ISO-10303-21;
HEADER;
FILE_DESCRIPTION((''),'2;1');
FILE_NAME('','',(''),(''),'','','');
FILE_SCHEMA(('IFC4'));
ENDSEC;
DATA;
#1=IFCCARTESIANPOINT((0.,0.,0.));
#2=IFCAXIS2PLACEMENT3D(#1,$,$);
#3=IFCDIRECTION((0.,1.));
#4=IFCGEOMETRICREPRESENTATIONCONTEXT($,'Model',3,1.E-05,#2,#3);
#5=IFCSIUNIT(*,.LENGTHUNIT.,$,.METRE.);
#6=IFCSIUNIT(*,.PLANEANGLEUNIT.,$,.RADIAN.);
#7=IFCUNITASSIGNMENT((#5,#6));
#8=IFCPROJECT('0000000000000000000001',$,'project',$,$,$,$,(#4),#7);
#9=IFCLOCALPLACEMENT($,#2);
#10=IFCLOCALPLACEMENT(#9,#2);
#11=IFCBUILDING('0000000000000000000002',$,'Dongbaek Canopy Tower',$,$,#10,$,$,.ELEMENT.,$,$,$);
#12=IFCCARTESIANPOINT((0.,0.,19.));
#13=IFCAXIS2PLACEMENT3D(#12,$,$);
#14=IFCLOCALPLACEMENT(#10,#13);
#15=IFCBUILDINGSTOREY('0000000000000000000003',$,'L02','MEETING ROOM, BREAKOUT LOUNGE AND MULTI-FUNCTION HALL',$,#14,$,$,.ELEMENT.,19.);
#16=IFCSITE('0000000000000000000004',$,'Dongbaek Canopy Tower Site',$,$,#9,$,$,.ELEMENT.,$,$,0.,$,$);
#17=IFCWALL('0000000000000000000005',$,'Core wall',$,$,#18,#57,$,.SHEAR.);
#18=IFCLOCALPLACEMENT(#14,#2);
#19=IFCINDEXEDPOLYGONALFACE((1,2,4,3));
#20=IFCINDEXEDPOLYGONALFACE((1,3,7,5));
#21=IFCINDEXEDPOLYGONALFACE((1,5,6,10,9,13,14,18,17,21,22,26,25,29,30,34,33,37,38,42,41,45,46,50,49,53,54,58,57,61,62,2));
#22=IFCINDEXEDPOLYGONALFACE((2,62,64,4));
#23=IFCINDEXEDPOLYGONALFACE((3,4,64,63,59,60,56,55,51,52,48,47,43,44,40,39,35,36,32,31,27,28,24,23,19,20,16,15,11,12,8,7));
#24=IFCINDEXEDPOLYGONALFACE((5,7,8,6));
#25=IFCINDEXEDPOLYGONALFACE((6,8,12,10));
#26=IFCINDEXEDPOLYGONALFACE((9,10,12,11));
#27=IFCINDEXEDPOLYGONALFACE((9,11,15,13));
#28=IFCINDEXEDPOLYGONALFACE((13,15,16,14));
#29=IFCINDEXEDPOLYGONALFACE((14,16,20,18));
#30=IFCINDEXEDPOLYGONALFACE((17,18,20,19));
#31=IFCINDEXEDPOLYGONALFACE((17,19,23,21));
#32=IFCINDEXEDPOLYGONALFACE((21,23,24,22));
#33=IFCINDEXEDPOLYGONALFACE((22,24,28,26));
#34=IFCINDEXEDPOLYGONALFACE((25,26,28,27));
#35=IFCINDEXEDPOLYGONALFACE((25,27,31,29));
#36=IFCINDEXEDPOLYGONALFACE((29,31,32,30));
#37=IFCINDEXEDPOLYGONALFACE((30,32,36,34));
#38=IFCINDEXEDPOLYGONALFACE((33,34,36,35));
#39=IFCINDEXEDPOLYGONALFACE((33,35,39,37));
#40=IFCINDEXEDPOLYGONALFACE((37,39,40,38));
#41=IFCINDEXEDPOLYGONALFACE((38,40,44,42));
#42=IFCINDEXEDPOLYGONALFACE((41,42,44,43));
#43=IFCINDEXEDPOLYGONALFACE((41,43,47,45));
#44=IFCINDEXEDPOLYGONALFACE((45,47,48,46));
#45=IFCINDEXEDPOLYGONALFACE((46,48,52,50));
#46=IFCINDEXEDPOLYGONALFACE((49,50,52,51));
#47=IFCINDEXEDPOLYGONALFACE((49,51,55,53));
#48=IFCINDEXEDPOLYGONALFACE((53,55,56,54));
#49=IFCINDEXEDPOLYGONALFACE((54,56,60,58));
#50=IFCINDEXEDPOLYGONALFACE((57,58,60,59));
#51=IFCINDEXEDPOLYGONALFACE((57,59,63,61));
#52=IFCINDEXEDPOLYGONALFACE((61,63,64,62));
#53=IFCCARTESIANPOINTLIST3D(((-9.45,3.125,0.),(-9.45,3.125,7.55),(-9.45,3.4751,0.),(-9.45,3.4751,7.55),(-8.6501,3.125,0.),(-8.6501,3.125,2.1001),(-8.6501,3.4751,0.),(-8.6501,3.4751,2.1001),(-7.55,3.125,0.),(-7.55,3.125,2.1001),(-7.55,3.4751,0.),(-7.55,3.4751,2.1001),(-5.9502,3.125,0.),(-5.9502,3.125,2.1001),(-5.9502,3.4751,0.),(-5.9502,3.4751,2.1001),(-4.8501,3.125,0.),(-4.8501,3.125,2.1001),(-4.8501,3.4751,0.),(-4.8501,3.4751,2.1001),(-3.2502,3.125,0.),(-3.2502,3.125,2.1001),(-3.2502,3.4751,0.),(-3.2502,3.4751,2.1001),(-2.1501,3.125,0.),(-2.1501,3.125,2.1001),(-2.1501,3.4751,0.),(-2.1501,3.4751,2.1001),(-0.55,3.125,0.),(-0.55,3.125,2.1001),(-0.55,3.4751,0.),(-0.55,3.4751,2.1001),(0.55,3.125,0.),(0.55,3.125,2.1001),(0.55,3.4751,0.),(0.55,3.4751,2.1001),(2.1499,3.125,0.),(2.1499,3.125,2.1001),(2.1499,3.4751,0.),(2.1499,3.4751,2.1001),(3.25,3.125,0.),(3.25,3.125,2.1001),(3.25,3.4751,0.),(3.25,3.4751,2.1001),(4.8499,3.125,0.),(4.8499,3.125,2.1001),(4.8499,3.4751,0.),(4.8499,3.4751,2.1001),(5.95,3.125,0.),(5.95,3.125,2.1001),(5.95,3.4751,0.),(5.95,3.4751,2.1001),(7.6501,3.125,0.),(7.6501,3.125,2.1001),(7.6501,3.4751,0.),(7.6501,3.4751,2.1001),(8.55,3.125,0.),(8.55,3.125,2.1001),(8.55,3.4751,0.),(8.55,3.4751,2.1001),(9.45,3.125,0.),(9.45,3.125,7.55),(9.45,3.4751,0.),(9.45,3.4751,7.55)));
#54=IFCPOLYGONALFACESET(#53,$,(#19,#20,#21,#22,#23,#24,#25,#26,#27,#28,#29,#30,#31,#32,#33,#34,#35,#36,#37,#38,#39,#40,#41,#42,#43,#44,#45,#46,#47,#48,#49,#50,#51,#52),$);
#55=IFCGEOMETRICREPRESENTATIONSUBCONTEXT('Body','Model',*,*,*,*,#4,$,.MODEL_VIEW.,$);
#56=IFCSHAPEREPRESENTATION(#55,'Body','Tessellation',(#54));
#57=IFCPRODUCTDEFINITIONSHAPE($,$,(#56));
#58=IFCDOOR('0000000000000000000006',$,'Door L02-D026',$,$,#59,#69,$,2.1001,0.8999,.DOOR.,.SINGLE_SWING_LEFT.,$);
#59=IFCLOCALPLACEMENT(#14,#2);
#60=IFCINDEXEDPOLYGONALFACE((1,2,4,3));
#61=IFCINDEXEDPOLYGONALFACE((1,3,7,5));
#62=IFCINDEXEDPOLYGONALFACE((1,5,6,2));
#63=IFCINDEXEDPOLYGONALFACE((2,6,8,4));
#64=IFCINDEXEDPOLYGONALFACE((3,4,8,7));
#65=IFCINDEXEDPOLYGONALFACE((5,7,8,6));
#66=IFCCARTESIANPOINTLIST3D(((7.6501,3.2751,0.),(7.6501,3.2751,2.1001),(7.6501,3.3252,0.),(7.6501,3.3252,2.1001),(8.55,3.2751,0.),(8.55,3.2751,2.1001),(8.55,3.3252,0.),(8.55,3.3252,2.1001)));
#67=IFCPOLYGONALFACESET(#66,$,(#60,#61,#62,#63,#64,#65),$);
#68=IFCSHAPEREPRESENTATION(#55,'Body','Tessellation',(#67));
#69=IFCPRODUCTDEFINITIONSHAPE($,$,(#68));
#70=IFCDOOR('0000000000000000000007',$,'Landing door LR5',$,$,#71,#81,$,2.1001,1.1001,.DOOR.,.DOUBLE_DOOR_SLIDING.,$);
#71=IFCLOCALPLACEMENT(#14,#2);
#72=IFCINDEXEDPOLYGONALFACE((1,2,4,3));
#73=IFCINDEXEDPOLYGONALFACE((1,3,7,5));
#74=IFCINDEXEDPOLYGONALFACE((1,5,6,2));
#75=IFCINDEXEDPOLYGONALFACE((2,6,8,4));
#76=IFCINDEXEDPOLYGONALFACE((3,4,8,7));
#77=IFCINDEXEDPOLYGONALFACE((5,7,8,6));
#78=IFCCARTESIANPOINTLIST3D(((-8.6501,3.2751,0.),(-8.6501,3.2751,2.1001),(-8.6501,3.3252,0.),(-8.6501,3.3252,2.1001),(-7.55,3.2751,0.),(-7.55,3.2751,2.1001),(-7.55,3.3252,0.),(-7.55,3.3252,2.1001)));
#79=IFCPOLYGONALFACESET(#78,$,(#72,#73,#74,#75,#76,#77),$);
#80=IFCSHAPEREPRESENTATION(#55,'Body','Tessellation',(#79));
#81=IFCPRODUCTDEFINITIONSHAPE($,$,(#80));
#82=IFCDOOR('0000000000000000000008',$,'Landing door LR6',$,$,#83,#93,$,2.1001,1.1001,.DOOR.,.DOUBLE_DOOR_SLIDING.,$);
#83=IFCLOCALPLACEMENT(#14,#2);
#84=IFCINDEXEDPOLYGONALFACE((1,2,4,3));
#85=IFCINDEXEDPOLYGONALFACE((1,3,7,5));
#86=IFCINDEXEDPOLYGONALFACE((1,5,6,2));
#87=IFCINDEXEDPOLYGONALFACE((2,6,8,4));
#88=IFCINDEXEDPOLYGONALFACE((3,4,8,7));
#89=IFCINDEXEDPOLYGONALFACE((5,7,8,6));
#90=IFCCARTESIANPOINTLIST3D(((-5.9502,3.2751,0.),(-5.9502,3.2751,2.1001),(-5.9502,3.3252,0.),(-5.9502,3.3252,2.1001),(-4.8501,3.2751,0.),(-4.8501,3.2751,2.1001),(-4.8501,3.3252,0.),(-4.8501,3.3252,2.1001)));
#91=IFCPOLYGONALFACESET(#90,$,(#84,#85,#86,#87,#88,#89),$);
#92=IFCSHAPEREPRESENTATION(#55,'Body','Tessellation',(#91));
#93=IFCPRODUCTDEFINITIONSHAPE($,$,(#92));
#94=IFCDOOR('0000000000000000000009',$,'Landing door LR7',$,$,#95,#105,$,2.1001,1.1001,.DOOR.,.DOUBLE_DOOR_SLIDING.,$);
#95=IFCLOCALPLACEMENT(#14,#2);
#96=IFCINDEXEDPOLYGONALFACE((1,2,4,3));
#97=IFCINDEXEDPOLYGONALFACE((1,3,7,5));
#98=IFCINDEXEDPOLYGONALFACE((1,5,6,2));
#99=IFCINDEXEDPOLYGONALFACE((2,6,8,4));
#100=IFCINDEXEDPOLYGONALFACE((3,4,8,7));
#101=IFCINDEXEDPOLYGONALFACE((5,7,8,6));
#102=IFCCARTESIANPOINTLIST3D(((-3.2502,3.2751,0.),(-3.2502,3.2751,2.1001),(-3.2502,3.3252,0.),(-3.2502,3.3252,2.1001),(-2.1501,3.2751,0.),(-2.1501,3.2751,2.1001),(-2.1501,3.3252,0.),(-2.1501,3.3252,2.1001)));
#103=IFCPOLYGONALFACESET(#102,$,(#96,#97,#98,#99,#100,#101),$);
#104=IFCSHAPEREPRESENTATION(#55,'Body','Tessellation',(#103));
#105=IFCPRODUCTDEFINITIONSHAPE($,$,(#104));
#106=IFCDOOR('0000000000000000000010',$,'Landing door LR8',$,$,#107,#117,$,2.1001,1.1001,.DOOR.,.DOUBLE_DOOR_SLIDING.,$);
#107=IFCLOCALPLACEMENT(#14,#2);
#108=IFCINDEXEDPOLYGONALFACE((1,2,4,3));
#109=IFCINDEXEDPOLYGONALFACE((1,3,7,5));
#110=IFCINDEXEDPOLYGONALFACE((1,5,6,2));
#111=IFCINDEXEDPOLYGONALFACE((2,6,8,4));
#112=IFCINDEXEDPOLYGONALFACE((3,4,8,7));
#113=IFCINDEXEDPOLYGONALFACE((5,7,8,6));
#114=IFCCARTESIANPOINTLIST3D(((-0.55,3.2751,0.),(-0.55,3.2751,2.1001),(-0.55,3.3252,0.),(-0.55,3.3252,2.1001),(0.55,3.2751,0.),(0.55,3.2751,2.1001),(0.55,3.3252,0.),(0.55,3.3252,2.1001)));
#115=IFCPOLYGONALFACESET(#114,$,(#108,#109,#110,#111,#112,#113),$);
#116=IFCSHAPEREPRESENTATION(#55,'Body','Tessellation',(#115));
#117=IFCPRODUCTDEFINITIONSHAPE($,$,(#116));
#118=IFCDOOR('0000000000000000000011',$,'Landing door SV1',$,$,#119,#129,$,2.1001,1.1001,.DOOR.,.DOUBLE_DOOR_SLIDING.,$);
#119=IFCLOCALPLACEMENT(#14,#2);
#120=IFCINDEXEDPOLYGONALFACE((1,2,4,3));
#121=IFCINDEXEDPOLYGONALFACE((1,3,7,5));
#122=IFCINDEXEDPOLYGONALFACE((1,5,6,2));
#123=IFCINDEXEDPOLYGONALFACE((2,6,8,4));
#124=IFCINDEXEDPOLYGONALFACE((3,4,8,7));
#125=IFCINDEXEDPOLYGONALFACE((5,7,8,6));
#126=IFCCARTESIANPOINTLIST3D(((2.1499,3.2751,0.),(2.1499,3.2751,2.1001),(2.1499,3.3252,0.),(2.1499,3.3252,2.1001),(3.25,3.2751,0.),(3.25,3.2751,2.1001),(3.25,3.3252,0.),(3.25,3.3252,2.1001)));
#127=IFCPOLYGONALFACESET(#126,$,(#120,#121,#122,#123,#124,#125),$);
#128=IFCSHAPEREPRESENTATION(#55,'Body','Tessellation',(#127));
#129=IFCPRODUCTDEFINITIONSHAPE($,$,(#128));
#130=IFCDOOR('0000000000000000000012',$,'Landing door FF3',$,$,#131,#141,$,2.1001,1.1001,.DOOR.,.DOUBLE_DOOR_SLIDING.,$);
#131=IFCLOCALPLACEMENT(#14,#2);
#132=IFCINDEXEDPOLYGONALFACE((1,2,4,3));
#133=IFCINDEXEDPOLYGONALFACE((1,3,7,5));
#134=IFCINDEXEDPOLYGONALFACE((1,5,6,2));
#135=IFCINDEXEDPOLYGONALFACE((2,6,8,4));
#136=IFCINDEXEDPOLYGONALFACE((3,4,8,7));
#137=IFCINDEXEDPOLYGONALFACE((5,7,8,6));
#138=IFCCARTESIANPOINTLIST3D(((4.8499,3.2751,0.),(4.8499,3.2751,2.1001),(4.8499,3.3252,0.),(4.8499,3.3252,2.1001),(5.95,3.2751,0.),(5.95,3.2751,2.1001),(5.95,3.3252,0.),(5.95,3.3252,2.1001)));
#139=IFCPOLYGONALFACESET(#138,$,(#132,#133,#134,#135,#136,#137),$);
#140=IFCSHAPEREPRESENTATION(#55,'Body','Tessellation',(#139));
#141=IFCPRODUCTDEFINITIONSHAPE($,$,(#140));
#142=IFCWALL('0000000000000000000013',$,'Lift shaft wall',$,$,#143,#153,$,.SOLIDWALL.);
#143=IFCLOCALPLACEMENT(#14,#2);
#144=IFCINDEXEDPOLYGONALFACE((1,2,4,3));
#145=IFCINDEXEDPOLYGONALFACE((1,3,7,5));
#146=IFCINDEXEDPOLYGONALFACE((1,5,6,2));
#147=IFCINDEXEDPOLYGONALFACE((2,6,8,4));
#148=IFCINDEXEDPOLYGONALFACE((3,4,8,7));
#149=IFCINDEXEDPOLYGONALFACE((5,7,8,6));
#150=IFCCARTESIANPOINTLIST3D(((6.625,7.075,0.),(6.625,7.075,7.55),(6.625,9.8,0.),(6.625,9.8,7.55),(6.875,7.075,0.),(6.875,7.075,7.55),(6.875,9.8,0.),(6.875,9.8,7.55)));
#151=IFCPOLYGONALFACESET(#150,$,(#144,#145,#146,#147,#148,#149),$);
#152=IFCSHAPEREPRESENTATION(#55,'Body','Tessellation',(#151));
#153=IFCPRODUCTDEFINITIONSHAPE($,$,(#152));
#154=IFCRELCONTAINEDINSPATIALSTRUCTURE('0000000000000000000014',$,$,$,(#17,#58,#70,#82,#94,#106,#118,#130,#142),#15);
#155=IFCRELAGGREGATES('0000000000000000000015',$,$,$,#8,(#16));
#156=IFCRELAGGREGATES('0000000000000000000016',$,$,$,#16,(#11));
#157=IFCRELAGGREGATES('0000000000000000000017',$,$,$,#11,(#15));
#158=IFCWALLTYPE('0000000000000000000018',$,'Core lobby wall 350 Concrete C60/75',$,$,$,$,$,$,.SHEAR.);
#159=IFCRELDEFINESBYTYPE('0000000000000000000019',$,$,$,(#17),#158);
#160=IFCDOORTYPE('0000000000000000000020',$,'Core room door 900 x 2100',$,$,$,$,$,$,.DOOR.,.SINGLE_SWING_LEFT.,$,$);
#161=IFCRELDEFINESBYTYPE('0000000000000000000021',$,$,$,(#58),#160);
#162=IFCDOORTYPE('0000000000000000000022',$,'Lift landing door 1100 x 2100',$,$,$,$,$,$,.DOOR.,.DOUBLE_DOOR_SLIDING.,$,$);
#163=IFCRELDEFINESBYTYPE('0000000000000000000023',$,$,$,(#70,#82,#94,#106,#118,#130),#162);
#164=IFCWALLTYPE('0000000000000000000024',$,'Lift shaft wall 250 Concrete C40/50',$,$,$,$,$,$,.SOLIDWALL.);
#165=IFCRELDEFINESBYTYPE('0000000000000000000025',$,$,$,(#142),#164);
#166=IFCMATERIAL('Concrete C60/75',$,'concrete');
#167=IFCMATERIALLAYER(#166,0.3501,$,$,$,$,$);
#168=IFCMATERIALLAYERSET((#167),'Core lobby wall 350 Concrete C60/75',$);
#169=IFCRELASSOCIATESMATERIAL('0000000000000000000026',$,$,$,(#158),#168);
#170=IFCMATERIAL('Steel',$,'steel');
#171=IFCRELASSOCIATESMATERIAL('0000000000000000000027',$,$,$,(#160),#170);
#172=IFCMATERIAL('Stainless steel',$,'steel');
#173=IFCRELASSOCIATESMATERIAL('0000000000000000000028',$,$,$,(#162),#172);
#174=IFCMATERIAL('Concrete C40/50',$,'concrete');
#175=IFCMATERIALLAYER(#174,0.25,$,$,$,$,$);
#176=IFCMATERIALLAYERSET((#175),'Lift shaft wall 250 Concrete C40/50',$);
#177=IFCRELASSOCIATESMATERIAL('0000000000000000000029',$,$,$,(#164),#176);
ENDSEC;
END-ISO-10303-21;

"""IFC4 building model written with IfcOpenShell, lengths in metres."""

from ifc_helpers import new_model, si_unit, direction, frame, frame_2d, origin, place, context, subcontext, project, spatial, rectangle, extrude, material, layer, layer_set, type_object, element, fill, save


model = new_model("IFC4")

# Units and contexts
model_context = context("Model", 3, precision=1e-05, world=origin(), true_north=direction((0.0, 1.0)))
body_context = subcontext(model_context, "Body", "Model", "MODEL_VIEW")
ifc_project = project(units=[si_unit("LENGTHUNIT", "METRE"), si_unit("PLANEANGLEUNIT", "RADIAN")], contexts=[model_context])

# Site, building, storey
site_placement = place(None, origin())
site = spatial("IfcSite", under=ifc_project, at=site_placement, Name="Dongbaek Canopy Tower Site", CompositionType="ELEMENT", RefElevation=0.0)
building_placement = place(site_placement, origin())
building = spatial("IfcBuilding", under=site, at=building_placement, Name="Dongbaek Canopy Tower", CompositionType="ELEMENT")
storey_placement = place(building_placement, frame((0.0, 0.0, 19.0)))
storey = spatial("IfcBuildingStorey", under=building, at=storey_placement, Name="L02", Description="MEETING ROOM, BREAKOUT LOUNGE AND MULTI-FUNCTION HALL", CompositionType="ELEMENT", Elevation=19.0)

# Wall, openings, doors
ifc_material_1 = material(Name="Concrete C60/75", Category="concrete")
ifc_layer_1 = layer(ifc_material_1, 0.3501)
ifc_layer_set_1 = layer_set([ifc_layer_1], Name="Core lobby wall 350 Concrete C60/75")
wall_type_1 = type_object("IfcWallType", Name="Core lobby wall 350 Concrete C60/75", PredefinedType="SHEAR", material=ifc_layer_set_1)
wall_1_placement = place(storey_placement, frame((9.45, 3.3, 0.0), z_axis=(0.0, 0.0, 1.0), x_axis=(-1.0, 0.0, 0.0)))
wall_1 = element("IfcWall", 1, at=wall_1_placement, inside=storey, type_object=wall_type_1, Name="Core wall", PredefinedType="SHEAR", context=body_context, shape_type="SweptSolid", body=[
    extrude(rectangle(XDim=18.8999, YDim=0.3501, at=frame_2d((9.45, 0.0))), origin(), (0.0, 0.0, 1.0), 7.55),
])
opening_1_placement = place(wall_1_placement, frame((17.0, 0.0, 0.0)))
opening_1 = element("IfcOpeningElement", 2, at=opening_1_placement, cuts=wall_1, PredefinedType="OPENING", context=body_context, shape_type="SweptSolid", body=[
    extrude(rectangle(XDim=1.1001, YDim=2.1001, at=frame_2d((0.55, 1.05))), frame((0.0, 0.1851, 0.0), z_axis=(0.0, -1.0, 0.0), x_axis=(1.0, 0.0, 0.0)), (0.0, 0.0, 1.0), 0.3701),
])
opening_2_placement = place(wall_1_placement, frame((14.3, 0.0, 0.0)))
opening_2 = element("IfcOpeningElement", 3, at=opening_2_placement, cuts=wall_1, PredefinedType="OPENING", context=body_context, shape_type="SweptSolid", body=[
    extrude(rectangle(XDim=1.1001, YDim=2.1001, at=frame_2d((0.55, 1.05))), frame((0.0, 0.1851, 0.0), z_axis=(0.0, -1.0, 0.0), x_axis=(1.0, 0.0, 0.0)), (0.0, 0.0, 1.0), 0.3701),
])
opening_3_placement = place(wall_1_placement, frame((11.6001, 0.0, 0.0)))
opening_3 = element("IfcOpeningElement", 4, at=opening_3_placement, cuts=wall_1, PredefinedType="OPENING", context=body_context, shape_type="SweptSolid", body=[
    extrude(rectangle(XDim=1.1001, YDim=2.1001, at=frame_2d((0.55, 1.05))), frame((0.0, 0.1851, 0.0), z_axis=(0.0, -1.0, 0.0), x_axis=(1.0, 0.0, 0.0)), (0.0, 0.0, 1.0), 0.3701),
])
opening_4_placement = place(wall_1_placement, frame((8.8999, 0.0, 0.0)))
opening_4 = element("IfcOpeningElement", 5, at=opening_4_placement, cuts=wall_1, PredefinedType="OPENING", context=body_context, shape_type="SweptSolid", body=[
    extrude(rectangle(XDim=1.1001, YDim=2.1001, at=frame_2d((0.55, 1.05))), frame((0.0, 0.1851, 0.0), z_axis=(0.0, -1.0, 0.0), x_axis=(1.0, 0.0, 0.0)), (0.0, 0.0, 1.0), 0.3701),
])
opening_5_placement = place(wall_1_placement, frame((6.2, 0.0, 0.0)))
opening_5 = element("IfcOpeningElement", 6, at=opening_5_placement, cuts=wall_1, PredefinedType="OPENING", context=body_context, shape_type="SweptSolid", body=[
    extrude(rectangle(XDim=1.1001, YDim=2.1001, at=frame_2d((0.55, 1.05))), frame((0.0, 0.1851, 0.0), z_axis=(0.0, -1.0, 0.0), x_axis=(1.0, 0.0, 0.0)), (0.0, 0.0, 1.0), 0.3701),
])
opening_6_placement = place(wall_1_placement, frame((3.5, 0.0, 0.0)))
opening_6 = element("IfcOpeningElement", 7, at=opening_6_placement, cuts=wall_1, PredefinedType="OPENING", context=body_context, shape_type="SweptSolid", body=[
    extrude(rectangle(XDim=1.1001, YDim=2.1001, at=frame_2d((0.55, 1.05))), frame((0.0, 0.1851, 0.0), z_axis=(0.0, -1.0, 0.0), x_axis=(1.0, 0.0, 0.0)), (0.0, 0.0, 1.0), 0.3701),
])
opening_7_placement = place(wall_1_placement, frame((0.8999, 0.0, 0.0)))
opening_7 = element("IfcOpeningElement", 8, at=opening_7_placement, cuts=wall_1, PredefinedType="OPENING", context=body_context, shape_type="SweptSolid", body=[
    extrude(rectangle(XDim=0.8999, YDim=2.1001, at=frame_2d((0.45, 1.05))), frame((0.0, 0.1851, 0.0), z_axis=(0.0, -1.0, 0.0), x_axis=(1.0, 0.0, 0.0)), (0.0, 0.0, 1.0), 0.3701),
])
ifc_material_2 = material(Name="Steel", Category="steel")
door_type_1 = type_object("IfcDoorType", Name="Core room door 900 x 2100", OperationType="SINGLE_SWING_LEFT", PredefinedType="DOOR", material=ifc_material_2)
door_1_placement = place(opening_7_placement, origin())
door_1 = element("IfcDoor", 9, at=door_1_placement, inside=storey, type_object=door_type_1, Name="Door L02-D026", OperationType="SINGLE_SWING_LEFT", OverallHeight=2.1001, OverallWidth=0.8999, PredefinedType="DOOR", context=body_context, shape_type="SweptSolid", body=[
    extrude(rectangle(XDim=0.8999, YDim=2.1001, at=frame_2d((0.45, 1.05))), frame((0.0, 0.0249, 0.0), z_axis=(0.0, -1.0, 0.0), x_axis=(1.0, 0.0, 0.0)), (0.0, 0.0, 1.0), 0.05),
])
fill(opening_7, door_1)
ifc_material_3 = material(Name="Stainless steel", Category="steel")
door_type_2 = type_object("IfcDoorType", Name="Lift landing door 1100 x 2100", OperationType="DOUBLE_DOOR_SLIDING", PredefinedType="DOOR", material=ifc_material_3)
door_2_placement = place(opening_1_placement, origin())
door_2 = element("IfcDoor", 10, at=door_2_placement, inside=storey, type_object=door_type_2, Name="Landing door LR5", OperationType="DOUBLE_DOOR_SLIDING", OverallHeight=2.1001, OverallWidth=1.1001, PredefinedType="DOOR", context=body_context, shape_type="SweptSolid", body=[
    extrude(rectangle(XDim=1.1001, YDim=2.1001, at=frame_2d((0.55, 1.05))), frame((0.0, 0.0249, 0.0), z_axis=(0.0, -1.0, 0.0), x_axis=(1.0, 0.0, 0.0)), (0.0, 0.0, 1.0), 0.05),
])
fill(opening_1, door_2)
door_3_placement = place(opening_2_placement, origin())
door_3 = element("IfcDoor", 11, at=door_3_placement, inside=storey, type_object=door_type_2, Name="Landing door LR6", OperationType="DOUBLE_DOOR_SLIDING", OverallHeight=2.1001, OverallWidth=1.1001, PredefinedType="DOOR", context=body_context, shape_type="SweptSolid", body=[
    extrude(rectangle(XDim=1.1001, YDim=2.1001, at=frame_2d((0.55, 1.05))), frame((0.0, 0.0249, 0.0), z_axis=(0.0, -1.0, 0.0), x_axis=(1.0, 0.0, 0.0)), (0.0, 0.0, 1.0), 0.05),
])
fill(opening_2, door_3)
door_4_placement = place(opening_3_placement, origin())
door_4 = element("IfcDoor", 12, at=door_4_placement, inside=storey, type_object=door_type_2, Name="Landing door LR7", OperationType="DOUBLE_DOOR_SLIDING", OverallHeight=2.1001, OverallWidth=1.1001, PredefinedType="DOOR", context=body_context, shape_type="SweptSolid", body=[
    extrude(rectangle(XDim=1.1001, YDim=2.1001, at=frame_2d((0.55, 1.05))), frame((0.0, 0.0249, 0.0), z_axis=(0.0, -1.0, 0.0), x_axis=(1.0, 0.0, 0.0)), (0.0, 0.0, 1.0), 0.05),
])
fill(opening_3, door_4)
door_5_placement = place(opening_4_placement, origin())
door_5 = element("IfcDoor", 13, at=door_5_placement, inside=storey, type_object=door_type_2, Name="Landing door LR8", OperationType="DOUBLE_DOOR_SLIDING", OverallHeight=2.1001, OverallWidth=1.1001, PredefinedType="DOOR", context=body_context, shape_type="SweptSolid", body=[
    extrude(rectangle(XDim=1.1001, YDim=2.1001, at=frame_2d((0.55, 1.05))), frame((0.0, 0.0249, 0.0), z_axis=(0.0, -1.0, 0.0), x_axis=(1.0, 0.0, 0.0)), (0.0, 0.0, 1.0), 0.05),
])
fill(opening_4, door_5)
door_6_placement = place(opening_5_placement, origin())
door_6 = element("IfcDoor", 14, at=door_6_placement, inside=storey, type_object=door_type_2, Name="Landing door SV1", OperationType="DOUBLE_DOOR_SLIDING", OverallHeight=2.1001, OverallWidth=1.1001, PredefinedType="DOOR", context=body_context, shape_type="SweptSolid", body=[
    extrude(rectangle(XDim=1.1001, YDim=2.1001, at=frame_2d((0.55, 1.05))), frame((0.0, 0.0249, 0.0), z_axis=(0.0, -1.0, 0.0), x_axis=(1.0, 0.0, 0.0)), (0.0, 0.0, 1.0), 0.05),
])
fill(opening_5, door_6)
door_7_placement = place(opening_6_placement, origin())
door_7 = element("IfcDoor", 15, at=door_7_placement, inside=storey, type_object=door_type_2, Name="Landing door FF3", OperationType="DOUBLE_DOOR_SLIDING", OverallHeight=2.1001, OverallWidth=1.1001, PredefinedType="DOOR", context=body_context, shape_type="SweptSolid", body=[
    extrude(rectangle(XDim=1.1001, YDim=2.1001, at=frame_2d((0.55, 1.05))), frame((0.0, 0.0249, 0.0), z_axis=(0.0, -1.0, 0.0), x_axis=(1.0, 0.0, 0.0)), (0.0, 0.0, 1.0), 0.05),
])
fill(opening_6, door_7)

# Wall
ifc_material_4 = material(Name="Concrete C40/50", Category="concrete")
ifc_layer_2 = layer(ifc_material_4, 0.25)
ifc_layer_set_2 = layer_set([ifc_layer_2], Name="Lift shaft wall 250 Concrete C40/50")
wall_type_2 = type_object("IfcWallType", Name="Lift shaft wall 250 Concrete C40/50", PredefinedType="SOLIDWALL", material=ifc_layer_set_2)
wall_2_placement = place(storey_placement, frame((6.75, 7.075, 0.0), z_axis=(0.0, 0.0, 1.0), x_axis=(0.0, 1.0, 0.0)))
element("IfcWall", 16, at=wall_2_placement, inside=storey, type_object=wall_type_2, Name="Lift shaft wall", PredefinedType="SOLIDWALL", context=body_context, shape_type="SweptSolid", body=[
    extrude(rectangle(XDim=2.7251, YDim=0.25, at=frame_2d((1.3625, 0.0))), origin(), (0.0, 0.0, 1.0), 7.55),
])

save(model, "model.ifc")
